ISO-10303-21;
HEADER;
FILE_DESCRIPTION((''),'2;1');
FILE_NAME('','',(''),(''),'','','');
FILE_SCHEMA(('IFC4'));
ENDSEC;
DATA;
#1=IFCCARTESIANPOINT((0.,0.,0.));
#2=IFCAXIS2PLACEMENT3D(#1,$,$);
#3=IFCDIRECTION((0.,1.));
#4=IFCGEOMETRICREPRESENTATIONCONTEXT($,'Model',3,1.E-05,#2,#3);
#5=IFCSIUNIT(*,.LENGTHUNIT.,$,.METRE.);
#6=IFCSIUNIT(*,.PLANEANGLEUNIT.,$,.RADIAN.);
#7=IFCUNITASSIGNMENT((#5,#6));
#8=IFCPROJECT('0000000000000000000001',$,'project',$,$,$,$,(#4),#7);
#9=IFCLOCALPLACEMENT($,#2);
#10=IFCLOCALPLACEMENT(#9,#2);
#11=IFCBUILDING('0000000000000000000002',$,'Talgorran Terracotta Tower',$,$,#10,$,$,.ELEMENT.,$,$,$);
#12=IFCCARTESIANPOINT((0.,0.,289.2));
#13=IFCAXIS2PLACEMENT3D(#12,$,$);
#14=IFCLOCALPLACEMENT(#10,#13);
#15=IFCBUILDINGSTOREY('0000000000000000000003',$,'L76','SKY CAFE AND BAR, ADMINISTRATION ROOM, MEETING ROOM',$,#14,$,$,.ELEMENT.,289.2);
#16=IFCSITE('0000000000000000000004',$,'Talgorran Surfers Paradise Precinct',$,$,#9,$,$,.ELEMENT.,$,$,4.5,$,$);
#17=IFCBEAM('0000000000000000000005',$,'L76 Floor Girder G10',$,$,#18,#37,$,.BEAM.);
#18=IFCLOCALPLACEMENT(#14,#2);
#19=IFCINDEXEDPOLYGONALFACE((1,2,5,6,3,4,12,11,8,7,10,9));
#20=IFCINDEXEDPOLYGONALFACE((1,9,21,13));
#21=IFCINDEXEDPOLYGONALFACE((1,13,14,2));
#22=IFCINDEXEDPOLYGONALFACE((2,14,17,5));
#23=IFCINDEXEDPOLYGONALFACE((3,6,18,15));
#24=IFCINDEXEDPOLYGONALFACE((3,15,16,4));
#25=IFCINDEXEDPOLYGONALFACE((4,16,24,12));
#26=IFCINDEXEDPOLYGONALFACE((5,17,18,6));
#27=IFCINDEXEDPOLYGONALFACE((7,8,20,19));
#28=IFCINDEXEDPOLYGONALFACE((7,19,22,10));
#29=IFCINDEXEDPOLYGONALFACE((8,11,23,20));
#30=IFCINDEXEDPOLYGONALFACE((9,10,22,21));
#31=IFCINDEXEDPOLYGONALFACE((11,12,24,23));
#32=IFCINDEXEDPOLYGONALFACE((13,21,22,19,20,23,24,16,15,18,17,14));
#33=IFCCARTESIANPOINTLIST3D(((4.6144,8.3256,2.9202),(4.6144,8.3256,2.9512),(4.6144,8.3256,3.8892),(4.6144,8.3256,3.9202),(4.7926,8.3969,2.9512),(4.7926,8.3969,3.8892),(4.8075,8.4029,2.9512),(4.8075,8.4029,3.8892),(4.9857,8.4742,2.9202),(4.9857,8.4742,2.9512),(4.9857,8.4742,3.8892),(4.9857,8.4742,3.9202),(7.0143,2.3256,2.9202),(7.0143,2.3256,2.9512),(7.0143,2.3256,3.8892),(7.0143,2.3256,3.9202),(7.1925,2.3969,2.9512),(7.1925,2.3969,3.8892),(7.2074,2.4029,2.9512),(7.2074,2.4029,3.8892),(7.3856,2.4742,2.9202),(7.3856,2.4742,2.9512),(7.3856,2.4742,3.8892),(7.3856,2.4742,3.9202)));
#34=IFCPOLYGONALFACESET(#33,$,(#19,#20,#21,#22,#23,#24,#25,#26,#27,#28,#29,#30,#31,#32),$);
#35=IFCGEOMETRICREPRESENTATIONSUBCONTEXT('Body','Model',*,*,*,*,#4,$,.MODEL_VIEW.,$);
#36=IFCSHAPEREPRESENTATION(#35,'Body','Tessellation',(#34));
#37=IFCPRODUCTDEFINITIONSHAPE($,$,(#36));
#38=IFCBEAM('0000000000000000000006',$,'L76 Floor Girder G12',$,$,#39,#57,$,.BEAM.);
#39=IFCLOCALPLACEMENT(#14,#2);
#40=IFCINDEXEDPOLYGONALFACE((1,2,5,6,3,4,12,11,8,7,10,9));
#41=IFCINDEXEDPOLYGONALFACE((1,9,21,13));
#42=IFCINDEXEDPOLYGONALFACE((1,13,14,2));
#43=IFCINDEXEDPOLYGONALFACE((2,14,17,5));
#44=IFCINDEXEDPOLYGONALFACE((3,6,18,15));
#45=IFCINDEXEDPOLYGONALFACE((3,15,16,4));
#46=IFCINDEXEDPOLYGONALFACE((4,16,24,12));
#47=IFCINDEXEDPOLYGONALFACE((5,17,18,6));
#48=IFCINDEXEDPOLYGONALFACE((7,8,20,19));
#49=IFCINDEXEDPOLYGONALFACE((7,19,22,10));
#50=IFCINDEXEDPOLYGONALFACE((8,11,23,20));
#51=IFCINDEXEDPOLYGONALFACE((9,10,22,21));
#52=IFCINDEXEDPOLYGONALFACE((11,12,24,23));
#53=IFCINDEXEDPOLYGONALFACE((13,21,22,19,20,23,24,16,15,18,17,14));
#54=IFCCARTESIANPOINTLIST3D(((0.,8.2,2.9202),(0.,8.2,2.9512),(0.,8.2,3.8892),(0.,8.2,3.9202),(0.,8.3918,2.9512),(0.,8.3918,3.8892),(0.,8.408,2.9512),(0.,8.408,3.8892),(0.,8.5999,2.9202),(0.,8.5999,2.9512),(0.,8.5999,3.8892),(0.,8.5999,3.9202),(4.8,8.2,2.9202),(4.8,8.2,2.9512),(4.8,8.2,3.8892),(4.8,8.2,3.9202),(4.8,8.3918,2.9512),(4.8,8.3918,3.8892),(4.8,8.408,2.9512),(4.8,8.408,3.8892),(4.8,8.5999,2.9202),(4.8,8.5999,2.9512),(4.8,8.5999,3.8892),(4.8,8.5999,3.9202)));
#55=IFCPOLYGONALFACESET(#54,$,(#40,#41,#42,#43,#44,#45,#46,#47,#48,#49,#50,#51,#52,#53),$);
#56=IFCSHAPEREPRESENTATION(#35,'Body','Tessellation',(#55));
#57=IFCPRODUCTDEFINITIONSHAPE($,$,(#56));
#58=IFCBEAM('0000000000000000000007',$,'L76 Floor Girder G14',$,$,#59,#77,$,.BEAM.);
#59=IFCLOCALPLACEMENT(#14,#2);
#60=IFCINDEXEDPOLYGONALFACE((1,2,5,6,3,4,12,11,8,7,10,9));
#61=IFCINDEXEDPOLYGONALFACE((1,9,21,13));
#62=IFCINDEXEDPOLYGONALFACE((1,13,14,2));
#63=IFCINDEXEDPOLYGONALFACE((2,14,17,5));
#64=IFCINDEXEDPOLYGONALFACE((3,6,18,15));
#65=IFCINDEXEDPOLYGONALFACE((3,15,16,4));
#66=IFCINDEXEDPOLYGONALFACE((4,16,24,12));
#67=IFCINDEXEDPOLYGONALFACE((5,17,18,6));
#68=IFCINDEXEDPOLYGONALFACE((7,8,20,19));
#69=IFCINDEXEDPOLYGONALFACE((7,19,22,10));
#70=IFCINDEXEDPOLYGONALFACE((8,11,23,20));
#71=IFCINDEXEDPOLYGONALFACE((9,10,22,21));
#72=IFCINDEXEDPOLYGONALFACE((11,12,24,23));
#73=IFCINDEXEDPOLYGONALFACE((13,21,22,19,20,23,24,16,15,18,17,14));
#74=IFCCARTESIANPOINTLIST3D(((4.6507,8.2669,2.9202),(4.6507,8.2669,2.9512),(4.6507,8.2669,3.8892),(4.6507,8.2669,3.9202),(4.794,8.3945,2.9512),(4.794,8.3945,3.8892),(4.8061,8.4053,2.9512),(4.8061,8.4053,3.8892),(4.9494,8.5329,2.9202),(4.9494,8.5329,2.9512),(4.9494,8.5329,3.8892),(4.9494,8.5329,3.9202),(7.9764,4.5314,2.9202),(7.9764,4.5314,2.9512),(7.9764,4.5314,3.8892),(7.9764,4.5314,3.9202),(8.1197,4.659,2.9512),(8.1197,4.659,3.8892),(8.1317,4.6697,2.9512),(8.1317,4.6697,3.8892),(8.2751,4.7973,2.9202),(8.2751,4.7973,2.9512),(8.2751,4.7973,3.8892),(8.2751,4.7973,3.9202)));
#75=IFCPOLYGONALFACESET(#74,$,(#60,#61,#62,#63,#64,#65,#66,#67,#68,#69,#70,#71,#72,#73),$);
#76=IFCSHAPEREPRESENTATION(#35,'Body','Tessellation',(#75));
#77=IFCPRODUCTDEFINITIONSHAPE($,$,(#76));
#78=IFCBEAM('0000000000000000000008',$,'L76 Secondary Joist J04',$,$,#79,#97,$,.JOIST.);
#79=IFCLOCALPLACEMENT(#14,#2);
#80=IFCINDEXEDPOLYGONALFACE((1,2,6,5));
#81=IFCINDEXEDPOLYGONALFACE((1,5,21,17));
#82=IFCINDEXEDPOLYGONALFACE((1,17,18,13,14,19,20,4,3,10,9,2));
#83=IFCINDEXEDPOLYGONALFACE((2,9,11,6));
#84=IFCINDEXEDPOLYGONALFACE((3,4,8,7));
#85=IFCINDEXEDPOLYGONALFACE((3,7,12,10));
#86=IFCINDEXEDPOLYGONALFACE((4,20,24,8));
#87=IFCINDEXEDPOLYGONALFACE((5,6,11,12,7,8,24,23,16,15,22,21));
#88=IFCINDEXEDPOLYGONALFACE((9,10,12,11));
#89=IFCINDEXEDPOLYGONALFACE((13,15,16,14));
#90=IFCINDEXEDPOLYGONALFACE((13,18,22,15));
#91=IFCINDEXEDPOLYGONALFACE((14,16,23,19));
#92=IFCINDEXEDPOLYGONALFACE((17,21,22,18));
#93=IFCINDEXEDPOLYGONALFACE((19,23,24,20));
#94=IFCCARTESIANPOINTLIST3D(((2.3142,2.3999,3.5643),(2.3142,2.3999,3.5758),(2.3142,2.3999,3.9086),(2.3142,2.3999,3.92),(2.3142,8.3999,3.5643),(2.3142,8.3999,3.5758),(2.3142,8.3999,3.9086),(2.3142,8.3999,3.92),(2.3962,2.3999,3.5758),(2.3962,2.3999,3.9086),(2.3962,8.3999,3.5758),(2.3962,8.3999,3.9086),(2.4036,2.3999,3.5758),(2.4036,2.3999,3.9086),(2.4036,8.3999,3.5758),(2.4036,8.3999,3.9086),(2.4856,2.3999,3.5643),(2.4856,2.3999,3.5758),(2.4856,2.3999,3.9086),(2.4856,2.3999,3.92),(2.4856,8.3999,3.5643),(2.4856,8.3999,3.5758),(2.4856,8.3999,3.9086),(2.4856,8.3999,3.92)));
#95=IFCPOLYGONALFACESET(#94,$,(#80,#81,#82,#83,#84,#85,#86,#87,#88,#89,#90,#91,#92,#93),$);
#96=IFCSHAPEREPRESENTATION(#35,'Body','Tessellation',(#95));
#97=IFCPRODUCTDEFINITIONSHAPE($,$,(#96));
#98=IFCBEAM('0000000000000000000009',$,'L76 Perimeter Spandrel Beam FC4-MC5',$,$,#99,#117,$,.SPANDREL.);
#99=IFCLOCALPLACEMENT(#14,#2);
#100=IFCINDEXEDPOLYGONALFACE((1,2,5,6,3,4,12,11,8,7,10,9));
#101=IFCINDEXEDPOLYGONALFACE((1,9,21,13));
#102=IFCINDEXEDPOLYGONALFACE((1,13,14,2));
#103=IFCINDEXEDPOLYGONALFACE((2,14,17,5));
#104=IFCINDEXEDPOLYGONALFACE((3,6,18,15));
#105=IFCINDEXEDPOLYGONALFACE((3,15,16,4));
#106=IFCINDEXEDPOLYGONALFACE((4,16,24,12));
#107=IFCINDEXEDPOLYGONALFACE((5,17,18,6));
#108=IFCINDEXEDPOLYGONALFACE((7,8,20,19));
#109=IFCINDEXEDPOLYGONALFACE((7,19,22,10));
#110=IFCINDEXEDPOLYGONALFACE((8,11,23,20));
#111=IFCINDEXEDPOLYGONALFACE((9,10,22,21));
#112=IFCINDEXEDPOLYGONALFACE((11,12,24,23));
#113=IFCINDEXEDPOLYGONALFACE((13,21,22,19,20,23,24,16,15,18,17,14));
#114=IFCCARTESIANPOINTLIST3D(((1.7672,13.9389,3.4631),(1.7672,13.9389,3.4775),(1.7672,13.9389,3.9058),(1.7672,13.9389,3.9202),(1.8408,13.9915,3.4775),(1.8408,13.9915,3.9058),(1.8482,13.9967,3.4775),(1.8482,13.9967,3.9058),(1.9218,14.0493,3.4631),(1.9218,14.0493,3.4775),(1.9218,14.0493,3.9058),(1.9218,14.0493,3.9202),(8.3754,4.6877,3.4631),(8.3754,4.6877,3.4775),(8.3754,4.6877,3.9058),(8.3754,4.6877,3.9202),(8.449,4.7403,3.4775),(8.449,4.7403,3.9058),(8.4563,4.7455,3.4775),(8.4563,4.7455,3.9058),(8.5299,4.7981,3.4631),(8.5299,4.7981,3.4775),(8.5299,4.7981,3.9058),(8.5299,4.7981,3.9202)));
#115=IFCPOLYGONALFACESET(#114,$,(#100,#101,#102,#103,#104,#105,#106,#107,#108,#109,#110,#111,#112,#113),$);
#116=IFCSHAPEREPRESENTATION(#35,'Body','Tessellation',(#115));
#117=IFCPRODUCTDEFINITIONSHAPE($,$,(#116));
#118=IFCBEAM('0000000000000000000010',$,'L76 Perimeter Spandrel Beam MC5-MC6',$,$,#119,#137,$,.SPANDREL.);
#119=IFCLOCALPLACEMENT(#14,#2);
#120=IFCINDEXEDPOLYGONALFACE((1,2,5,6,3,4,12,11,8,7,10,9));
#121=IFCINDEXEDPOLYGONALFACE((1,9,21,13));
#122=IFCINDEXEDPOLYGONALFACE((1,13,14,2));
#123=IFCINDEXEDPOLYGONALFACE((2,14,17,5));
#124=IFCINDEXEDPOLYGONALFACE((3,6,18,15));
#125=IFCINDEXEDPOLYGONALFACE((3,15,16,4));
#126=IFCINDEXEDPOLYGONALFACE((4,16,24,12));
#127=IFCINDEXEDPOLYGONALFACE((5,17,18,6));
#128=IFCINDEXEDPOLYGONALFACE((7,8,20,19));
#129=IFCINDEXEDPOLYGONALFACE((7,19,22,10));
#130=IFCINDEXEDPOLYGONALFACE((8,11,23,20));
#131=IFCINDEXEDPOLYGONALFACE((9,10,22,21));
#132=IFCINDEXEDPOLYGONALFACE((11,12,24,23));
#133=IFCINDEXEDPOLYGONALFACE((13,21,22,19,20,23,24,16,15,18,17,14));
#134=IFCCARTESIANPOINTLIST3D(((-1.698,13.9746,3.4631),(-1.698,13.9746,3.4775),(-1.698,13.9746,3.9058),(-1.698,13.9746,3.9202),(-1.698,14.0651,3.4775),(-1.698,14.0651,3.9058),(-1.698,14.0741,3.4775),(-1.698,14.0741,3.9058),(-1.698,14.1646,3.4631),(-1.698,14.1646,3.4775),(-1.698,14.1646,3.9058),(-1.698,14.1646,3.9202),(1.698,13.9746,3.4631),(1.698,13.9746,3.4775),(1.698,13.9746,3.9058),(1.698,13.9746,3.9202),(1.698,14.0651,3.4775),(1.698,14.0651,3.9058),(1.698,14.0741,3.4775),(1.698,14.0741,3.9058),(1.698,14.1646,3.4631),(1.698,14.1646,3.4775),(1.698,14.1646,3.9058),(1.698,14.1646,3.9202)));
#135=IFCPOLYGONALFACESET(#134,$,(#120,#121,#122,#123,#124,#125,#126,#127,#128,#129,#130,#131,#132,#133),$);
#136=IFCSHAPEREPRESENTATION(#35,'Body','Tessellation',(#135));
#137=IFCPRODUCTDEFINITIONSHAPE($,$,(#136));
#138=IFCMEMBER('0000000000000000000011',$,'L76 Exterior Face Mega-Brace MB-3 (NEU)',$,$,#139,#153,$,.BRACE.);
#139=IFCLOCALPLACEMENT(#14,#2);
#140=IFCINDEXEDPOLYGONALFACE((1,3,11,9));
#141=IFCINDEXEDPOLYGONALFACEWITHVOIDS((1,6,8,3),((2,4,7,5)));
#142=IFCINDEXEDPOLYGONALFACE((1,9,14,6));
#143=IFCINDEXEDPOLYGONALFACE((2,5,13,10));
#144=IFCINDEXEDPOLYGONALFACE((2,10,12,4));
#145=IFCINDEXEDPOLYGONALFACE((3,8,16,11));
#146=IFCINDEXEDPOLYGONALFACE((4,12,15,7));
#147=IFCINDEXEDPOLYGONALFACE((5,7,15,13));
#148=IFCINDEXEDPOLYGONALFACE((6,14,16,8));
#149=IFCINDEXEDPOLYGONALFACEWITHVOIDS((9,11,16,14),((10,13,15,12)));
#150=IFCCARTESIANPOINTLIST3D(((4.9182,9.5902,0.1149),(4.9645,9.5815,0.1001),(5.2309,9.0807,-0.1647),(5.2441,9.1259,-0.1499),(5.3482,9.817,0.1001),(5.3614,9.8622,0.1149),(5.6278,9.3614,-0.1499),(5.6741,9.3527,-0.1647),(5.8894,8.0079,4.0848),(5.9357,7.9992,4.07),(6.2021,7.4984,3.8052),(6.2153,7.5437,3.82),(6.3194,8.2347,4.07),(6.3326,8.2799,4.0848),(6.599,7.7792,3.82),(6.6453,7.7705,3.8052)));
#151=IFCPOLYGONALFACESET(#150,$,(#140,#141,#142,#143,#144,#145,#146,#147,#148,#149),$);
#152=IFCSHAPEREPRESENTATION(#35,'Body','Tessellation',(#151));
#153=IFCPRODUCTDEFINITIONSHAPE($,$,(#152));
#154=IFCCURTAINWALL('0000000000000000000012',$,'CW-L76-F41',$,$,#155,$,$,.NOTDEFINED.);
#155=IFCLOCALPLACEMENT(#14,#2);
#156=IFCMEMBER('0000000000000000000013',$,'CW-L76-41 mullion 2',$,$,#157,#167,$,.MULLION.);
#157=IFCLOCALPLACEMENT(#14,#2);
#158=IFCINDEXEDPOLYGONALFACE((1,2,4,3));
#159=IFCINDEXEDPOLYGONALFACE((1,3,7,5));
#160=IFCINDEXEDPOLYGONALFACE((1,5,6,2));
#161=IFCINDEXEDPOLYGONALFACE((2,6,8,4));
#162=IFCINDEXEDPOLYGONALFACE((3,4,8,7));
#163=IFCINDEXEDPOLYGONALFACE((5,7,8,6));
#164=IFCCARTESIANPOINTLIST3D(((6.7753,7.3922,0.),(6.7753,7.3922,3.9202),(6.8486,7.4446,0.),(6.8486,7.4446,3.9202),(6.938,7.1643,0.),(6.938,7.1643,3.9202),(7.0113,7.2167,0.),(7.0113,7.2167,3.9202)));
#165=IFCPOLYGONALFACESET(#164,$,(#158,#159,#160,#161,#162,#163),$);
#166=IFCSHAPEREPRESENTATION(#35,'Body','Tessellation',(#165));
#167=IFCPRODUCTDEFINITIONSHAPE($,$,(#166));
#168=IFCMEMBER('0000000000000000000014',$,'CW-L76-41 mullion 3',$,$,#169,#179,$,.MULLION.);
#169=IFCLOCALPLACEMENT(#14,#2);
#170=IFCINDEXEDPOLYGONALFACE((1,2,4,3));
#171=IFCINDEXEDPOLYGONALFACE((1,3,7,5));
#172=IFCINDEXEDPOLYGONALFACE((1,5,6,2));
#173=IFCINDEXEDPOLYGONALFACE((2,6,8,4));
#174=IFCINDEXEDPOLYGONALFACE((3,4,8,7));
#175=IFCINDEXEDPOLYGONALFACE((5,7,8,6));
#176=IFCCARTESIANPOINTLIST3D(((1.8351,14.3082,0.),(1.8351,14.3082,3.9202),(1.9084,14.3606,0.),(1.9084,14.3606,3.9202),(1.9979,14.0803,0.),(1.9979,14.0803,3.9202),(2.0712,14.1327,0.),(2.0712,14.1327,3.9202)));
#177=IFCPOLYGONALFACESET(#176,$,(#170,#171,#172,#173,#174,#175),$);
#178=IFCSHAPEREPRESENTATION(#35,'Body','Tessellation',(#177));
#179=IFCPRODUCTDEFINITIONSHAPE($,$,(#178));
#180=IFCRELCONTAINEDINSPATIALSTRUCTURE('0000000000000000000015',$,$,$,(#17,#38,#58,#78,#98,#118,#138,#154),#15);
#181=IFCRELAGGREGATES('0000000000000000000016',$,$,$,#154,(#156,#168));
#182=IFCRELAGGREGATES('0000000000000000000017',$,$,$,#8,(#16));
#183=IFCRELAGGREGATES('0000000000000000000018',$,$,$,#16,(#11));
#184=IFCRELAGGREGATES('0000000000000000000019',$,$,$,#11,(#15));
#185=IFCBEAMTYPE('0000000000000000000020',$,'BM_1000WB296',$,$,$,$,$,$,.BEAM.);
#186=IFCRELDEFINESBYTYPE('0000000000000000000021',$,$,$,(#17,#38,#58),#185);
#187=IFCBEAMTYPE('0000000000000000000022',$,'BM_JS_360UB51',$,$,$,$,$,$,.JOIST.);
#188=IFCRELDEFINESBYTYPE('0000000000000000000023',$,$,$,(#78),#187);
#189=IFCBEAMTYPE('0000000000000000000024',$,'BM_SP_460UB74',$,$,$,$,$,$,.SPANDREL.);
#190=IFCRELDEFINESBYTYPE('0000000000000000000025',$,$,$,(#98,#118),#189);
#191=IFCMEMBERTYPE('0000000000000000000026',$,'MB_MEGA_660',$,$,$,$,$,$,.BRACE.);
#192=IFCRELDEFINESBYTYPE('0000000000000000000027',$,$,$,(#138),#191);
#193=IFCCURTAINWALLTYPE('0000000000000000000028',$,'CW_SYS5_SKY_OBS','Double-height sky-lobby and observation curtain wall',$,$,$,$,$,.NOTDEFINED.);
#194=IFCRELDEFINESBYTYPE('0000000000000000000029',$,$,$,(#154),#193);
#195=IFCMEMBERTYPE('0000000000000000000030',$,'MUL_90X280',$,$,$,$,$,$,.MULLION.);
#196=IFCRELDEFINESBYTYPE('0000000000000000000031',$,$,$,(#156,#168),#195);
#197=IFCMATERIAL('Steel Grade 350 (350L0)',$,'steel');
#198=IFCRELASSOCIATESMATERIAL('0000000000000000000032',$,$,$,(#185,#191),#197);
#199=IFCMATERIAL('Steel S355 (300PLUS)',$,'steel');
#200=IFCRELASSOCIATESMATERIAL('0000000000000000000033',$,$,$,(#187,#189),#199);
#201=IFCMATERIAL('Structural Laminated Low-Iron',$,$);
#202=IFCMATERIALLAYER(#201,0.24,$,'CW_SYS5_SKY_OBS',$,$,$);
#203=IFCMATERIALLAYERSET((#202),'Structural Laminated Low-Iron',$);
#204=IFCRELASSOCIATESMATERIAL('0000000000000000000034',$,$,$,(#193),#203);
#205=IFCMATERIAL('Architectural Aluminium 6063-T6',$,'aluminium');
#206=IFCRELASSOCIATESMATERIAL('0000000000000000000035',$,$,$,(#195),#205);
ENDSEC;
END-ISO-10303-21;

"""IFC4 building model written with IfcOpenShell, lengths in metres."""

from ifc_helpers import new_model, si_unit, direction, frame, origin, origin_2d, place, context, subcontext, project, spatial, rectangle, hollow_rectangle, i_section, extrude, material, layer, layer_set, material_profile, profile_set, type_object, element, aggregate, save


model = new_model("IFC4")

# Units and contexts
model_context = context("Model", 3, precision=1e-05, world=origin(), true_north=direction((0.0, 1.0)))
body_context = subcontext(model_context, "Body", "Model", "MODEL_VIEW")
ifc_project = project(units=[si_unit("LENGTHUNIT", "METRE"), si_unit("PLANEANGLEUNIT", "RADIAN")], contexts=[model_context])

# Site, building, storey
site_placement = place(None, origin())
site = spatial("IfcSite", under=ifc_project, at=site_placement, Name="Talgorran Surfers Paradise Precinct", CompositionType="ELEMENT", RefElevation=4.5)
building_placement = place(site_placement, origin())
building = spatial("IfcBuilding", under=site, at=building_placement, Name="Talgorran Terracotta Tower", CompositionType="ELEMENT")
storey_placement = place(building_placement, frame((0.0, 0.0, 289.2)))
storey = spatial("IfcBuildingStorey", under=building, at=storey_placement, Name="L76", Description="SKY CAFE AND BAR, ADMINISTRATION ROOM, MEETING ROOM", CompositionType="ELEMENT", Elevation=289.2)

# Shared definitions
ifc_material_1 = material(Name="Steel S355 (300PLUS)", Category="steel")
ifc_material_2 = material(Name="Steel Grade 350 (350L0)", Category="steel")

# Beams
ifc_material_profile_1 = material_profile(ifc_material_2, i_section(OverallWidth=0.3999, OverallDepth=1.0, WebThickness=0.0161, FlangeThickness=0.031, at=origin_2d()), Name="1000WB296")
ifc_profile_set_1 = profile_set([ifc_material_profile_1], Name="Steel Grade 350 (350L0)")
beam_type_1 = type_object("IfcBeamType", Name="BM_1000WB296", PredefinedType="BEAM", material=ifc_profile_set_1)
beam_1_placement = place(storey_placement, frame((7.2, 2.3999, 3.4202), z_axis=(-0.371378, 0.928482, 0.0), x_axis=(-0.928482, -0.371378, 0.0)))
element("IfcBeam", 1, at=beam_1_placement, inside=storey, type_object=beam_type_1, Name="L76 Floor Girder G10", PredefinedType="BEAM", context=body_context, shape_type="SweptSolid", body=[
    extrude(i_section(OverallWidth=0.3999, OverallDepth=1.0, WebThickness=0.0161, FlangeThickness=0.031, at=origin_2d()), origin(), (0.0, 0.0, 1.0), 6.4622),
])
beam_2_placement = place(storey_placement, frame((0.0, 8.3999, 3.4202), z_axis=(1.0, 0.0, 0.0), x_axis=(0.0, 1.0, 0.0)))
element("IfcBeam", 2, at=beam_2_placement, inside=storey, type_object=beam_type_1, Name="L76 Floor Girder G12", PredefinedType="BEAM", context=body_context, shape_type="SweptSolid", body=[
    extrude(i_section(OverallWidth=0.3999, OverallDepth=1.0, WebThickness=0.0161, FlangeThickness=0.031, at=origin_2d()), origin(), (0.0, 0.0, 1.0), 4.8),
])
beam_3_placement = place(storey_placement, frame((4.8, 8.3999, 3.4202), z_axis=(0.664939, -0.746897, 0.0), x_axis=(0.746897, 0.664939, 0.0)))
element("IfcBeam", 3, at=beam_3_placement, inside=storey, type_object=beam_type_1, Name="L76 Floor Girder G14", PredefinedType="BEAM", context=body_context, shape_type="SweptSolid", body=[
    extrude(i_section(OverallWidth=0.3999, OverallDepth=1.0, WebThickness=0.0161, FlangeThickness=0.031, at=origin_2d()), origin(), (0.0, 0.0, 1.0), 5.0015),
])
ifc_material_profile_2 = material_profile(ifc_material_1, i_section(OverallWidth=0.1714, OverallDepth=0.3557, WebThickness=0.0073, FlangeThickness=0.0115, at=origin_2d()), Name="360UB50.7")
ifc_profile_set_2 = profile_set([ifc_material_profile_2], Name="Steel S355 (300PLUS)")
beam_type_2 = type_object("IfcBeamType", Name="BM_JS_360UB51", PredefinedType="JOIST", material=ifc_profile_set_2)
beam_4_placement = place(storey_placement, frame((2.3999, 2.3999, 3.7422), z_axis=(0.0, 1.0, 0.0), x_axis=(-1.0, 0.0, 0.0)))
element("IfcBeam", 4, at=beam_4_placement, inside=storey, type_object=beam_type_2, Name="L76 Secondary Joist J04", PredefinedType="JOIST", context=body_context, shape_type="SweptSolid", body=[
    extrude(i_section(OverallWidth=0.1714, OverallDepth=0.3557, WebThickness=0.0073, FlangeThickness=0.0115, at=origin_2d()), origin(), (0.0, 0.0, 1.0), 6.0),
])
ifc_material_profile_3 = material_profile(ifc_material_1, i_section(OverallWidth=0.1899, OverallDepth=0.457, WebThickness=0.009, FlangeThickness=0.0144, at=origin_2d()), Name="460UB74.6")
ifc_profile_set_3 = profile_set([ifc_material_profile_3], Name="Steel S355 (300PLUS)")
beam_type_3 = type_object("IfcBeamType", Name="BM_SP_460UB74", PredefinedType="SPANDREL", material=ifc_profile_set_3)
beam_5_placement = place(storey_placement, frame((8.4526, 4.7429, 3.6917), z_axis=(-0.581246, 0.813728, 0.0), x_axis=(-0.813728, -0.581246, 0.0)))
element("IfcBeam", 5, at=beam_5_placement, inside=storey, type_object=beam_type_3, Name="L76 Perimeter Spandrel Beam FC4-MC5", PredefinedType="SPANDREL", context=body_context, shape_type="SweptSolid", body=[
    extrude(i_section(OverallWidth=0.1899, OverallDepth=0.457, WebThickness=0.009, FlangeThickness=0.0144, at=origin_2d()), origin(), (0.0, 0.0, 1.0), 11.3689),
])
beam_6_placement = place(storey_placement, frame((1.698, 14.0696, 3.6917), z_axis=(-1.0, 0.0, 0.0), x_axis=(0.0, -1.0, 0.0)))
element("IfcBeam", 6, at=beam_6_placement, inside=storey, type_object=beam_type_3, Name="L76 Perimeter Spandrel Beam MC5-MC6", PredefinedType="SPANDREL", context=body_context, shape_type="SweptSolid", body=[
    extrude(i_section(OverallWidth=0.1899, OverallDepth=0.457, WebThickness=0.009, FlangeThickness=0.0144, at=origin_2d()), origin(), (0.0, 0.0, 1.0), 3.396),
])

# Member
ifc_material_profile_4 = material_profile(ifc_material_2, hollow_rectangle(XDim=0.52, YDim=0.6599, WallThickness=0.0349, at=origin_2d()), Name="WBOX660X520X35")
ifc_profile_set_4 = profile_set([ifc_material_profile_4], Name="Steel Grade 350 (350L0)")
member_type_1 = type_object("IfcMemberType", Name="MB_MEGA_660", PredefinedType="BRACE", material=ifc_profile_set_4)
member_1_placement = place(storey_placement, frame((5.2961, 9.4714, -0.0249), z_axis=(0.2216, -0.361033, 0.905841), x_axis=(0.852263, 0.523114, 0.0)))
element("IfcMember", 7, at=member_1_placement, inside=storey, type_object=member_type_1, Name="L76 Exterior Face Mega-Brace MB-3 (NEU)", PredefinedType="BRACE", context=body_context, shape_type="SweptSolid", body=[
    extrude(hollow_rectangle(XDim=0.52, YDim=0.6599, WallThickness=0.0349, at=origin_2d()), origin(), (0.0, 0.0, 1.0), 4.3826),
])

# Curtain wall, members
ifc_material_3 = material(Name="Structural Laminated Low-Iron")
ifc_layer_1 = layer(ifc_material_3, 0.24, Name="CW_SYS5_SKY_OBS")
ifc_layer_set_1 = layer_set([ifc_layer_1], Name="Structural Laminated Low-Iron")
curtain_wall_type = type_object("IfcCurtainWallType", Name="CW_SYS5_SKY_OBS", Description="Double-height sky-lobby and observation curtain wall", PredefinedType="NOTDEFINED", material=ifc_layer_set_1)
curtain_wall_1_placement = place(storey_placement, origin())
curtain_wall_1 = element("IfcCurtainWall", 8, at=curtain_wall_1_placement, inside=storey, type_object=curtain_wall_type, Name="CW-L76-F41", PredefinedType="NOTDEFINED")
ifc_material_4 = material(Name="Architectural Aluminium 6063-T6", Category="aluminium")
ifc_material_profile_5 = material_profile(ifc_material_4, rectangle(XDim=0.0901, YDim=0.28, at=origin_2d()), Name="CWM90X280")
ifc_profile_set_5 = profile_set([ifc_material_profile_5], Name="Architectural Aluminium 6063-T6")
member_type_2 = type_object("IfcMemberType", Name="MUL_90X280", PredefinedType="MULLION", material=ifc_profile_set_5)
member_2_placement = place(storey_placement, frame((6.8933, 7.3044, 0.0), z_axis=(0.0, 0.0, 1.0), x_axis=(-0.813727, -0.581248, 0.0)))
member_2 = element("IfcMember", 9, at=member_2_placement, type_object=member_type_2, Name="CW-L76-41 mullion 2", PredefinedType="MULLION", context=body_context, shape_type="SweptSolid", body=[
    extrude(rectangle(XDim=0.0901, YDim=0.28, at=origin_2d()), origin(), (0.0, 0.0, 1.0), 3.9202),
])
member_3_placement = place(storey_placement, frame((1.9531, 14.2205, 0.0), z_axis=(0.0, 0.0, 1.0), x_axis=(-0.813727, -0.581248, 0.0)))
member_3 = element("IfcMember", 10, at=member_3_placement, type_object=member_type_2, Name="CW-L76-41 mullion 3", PredefinedType="MULLION", context=body_context, shape_type="SweptSolid", body=[
    extrude(rectangle(XDim=0.0901, YDim=0.28, at=origin_2d()), origin(), (0.0, 0.0, 1.0), 3.9202),
])

aggregate(curtain_wall_1, [member_2, member_3])

save(model, "model.ifc")
